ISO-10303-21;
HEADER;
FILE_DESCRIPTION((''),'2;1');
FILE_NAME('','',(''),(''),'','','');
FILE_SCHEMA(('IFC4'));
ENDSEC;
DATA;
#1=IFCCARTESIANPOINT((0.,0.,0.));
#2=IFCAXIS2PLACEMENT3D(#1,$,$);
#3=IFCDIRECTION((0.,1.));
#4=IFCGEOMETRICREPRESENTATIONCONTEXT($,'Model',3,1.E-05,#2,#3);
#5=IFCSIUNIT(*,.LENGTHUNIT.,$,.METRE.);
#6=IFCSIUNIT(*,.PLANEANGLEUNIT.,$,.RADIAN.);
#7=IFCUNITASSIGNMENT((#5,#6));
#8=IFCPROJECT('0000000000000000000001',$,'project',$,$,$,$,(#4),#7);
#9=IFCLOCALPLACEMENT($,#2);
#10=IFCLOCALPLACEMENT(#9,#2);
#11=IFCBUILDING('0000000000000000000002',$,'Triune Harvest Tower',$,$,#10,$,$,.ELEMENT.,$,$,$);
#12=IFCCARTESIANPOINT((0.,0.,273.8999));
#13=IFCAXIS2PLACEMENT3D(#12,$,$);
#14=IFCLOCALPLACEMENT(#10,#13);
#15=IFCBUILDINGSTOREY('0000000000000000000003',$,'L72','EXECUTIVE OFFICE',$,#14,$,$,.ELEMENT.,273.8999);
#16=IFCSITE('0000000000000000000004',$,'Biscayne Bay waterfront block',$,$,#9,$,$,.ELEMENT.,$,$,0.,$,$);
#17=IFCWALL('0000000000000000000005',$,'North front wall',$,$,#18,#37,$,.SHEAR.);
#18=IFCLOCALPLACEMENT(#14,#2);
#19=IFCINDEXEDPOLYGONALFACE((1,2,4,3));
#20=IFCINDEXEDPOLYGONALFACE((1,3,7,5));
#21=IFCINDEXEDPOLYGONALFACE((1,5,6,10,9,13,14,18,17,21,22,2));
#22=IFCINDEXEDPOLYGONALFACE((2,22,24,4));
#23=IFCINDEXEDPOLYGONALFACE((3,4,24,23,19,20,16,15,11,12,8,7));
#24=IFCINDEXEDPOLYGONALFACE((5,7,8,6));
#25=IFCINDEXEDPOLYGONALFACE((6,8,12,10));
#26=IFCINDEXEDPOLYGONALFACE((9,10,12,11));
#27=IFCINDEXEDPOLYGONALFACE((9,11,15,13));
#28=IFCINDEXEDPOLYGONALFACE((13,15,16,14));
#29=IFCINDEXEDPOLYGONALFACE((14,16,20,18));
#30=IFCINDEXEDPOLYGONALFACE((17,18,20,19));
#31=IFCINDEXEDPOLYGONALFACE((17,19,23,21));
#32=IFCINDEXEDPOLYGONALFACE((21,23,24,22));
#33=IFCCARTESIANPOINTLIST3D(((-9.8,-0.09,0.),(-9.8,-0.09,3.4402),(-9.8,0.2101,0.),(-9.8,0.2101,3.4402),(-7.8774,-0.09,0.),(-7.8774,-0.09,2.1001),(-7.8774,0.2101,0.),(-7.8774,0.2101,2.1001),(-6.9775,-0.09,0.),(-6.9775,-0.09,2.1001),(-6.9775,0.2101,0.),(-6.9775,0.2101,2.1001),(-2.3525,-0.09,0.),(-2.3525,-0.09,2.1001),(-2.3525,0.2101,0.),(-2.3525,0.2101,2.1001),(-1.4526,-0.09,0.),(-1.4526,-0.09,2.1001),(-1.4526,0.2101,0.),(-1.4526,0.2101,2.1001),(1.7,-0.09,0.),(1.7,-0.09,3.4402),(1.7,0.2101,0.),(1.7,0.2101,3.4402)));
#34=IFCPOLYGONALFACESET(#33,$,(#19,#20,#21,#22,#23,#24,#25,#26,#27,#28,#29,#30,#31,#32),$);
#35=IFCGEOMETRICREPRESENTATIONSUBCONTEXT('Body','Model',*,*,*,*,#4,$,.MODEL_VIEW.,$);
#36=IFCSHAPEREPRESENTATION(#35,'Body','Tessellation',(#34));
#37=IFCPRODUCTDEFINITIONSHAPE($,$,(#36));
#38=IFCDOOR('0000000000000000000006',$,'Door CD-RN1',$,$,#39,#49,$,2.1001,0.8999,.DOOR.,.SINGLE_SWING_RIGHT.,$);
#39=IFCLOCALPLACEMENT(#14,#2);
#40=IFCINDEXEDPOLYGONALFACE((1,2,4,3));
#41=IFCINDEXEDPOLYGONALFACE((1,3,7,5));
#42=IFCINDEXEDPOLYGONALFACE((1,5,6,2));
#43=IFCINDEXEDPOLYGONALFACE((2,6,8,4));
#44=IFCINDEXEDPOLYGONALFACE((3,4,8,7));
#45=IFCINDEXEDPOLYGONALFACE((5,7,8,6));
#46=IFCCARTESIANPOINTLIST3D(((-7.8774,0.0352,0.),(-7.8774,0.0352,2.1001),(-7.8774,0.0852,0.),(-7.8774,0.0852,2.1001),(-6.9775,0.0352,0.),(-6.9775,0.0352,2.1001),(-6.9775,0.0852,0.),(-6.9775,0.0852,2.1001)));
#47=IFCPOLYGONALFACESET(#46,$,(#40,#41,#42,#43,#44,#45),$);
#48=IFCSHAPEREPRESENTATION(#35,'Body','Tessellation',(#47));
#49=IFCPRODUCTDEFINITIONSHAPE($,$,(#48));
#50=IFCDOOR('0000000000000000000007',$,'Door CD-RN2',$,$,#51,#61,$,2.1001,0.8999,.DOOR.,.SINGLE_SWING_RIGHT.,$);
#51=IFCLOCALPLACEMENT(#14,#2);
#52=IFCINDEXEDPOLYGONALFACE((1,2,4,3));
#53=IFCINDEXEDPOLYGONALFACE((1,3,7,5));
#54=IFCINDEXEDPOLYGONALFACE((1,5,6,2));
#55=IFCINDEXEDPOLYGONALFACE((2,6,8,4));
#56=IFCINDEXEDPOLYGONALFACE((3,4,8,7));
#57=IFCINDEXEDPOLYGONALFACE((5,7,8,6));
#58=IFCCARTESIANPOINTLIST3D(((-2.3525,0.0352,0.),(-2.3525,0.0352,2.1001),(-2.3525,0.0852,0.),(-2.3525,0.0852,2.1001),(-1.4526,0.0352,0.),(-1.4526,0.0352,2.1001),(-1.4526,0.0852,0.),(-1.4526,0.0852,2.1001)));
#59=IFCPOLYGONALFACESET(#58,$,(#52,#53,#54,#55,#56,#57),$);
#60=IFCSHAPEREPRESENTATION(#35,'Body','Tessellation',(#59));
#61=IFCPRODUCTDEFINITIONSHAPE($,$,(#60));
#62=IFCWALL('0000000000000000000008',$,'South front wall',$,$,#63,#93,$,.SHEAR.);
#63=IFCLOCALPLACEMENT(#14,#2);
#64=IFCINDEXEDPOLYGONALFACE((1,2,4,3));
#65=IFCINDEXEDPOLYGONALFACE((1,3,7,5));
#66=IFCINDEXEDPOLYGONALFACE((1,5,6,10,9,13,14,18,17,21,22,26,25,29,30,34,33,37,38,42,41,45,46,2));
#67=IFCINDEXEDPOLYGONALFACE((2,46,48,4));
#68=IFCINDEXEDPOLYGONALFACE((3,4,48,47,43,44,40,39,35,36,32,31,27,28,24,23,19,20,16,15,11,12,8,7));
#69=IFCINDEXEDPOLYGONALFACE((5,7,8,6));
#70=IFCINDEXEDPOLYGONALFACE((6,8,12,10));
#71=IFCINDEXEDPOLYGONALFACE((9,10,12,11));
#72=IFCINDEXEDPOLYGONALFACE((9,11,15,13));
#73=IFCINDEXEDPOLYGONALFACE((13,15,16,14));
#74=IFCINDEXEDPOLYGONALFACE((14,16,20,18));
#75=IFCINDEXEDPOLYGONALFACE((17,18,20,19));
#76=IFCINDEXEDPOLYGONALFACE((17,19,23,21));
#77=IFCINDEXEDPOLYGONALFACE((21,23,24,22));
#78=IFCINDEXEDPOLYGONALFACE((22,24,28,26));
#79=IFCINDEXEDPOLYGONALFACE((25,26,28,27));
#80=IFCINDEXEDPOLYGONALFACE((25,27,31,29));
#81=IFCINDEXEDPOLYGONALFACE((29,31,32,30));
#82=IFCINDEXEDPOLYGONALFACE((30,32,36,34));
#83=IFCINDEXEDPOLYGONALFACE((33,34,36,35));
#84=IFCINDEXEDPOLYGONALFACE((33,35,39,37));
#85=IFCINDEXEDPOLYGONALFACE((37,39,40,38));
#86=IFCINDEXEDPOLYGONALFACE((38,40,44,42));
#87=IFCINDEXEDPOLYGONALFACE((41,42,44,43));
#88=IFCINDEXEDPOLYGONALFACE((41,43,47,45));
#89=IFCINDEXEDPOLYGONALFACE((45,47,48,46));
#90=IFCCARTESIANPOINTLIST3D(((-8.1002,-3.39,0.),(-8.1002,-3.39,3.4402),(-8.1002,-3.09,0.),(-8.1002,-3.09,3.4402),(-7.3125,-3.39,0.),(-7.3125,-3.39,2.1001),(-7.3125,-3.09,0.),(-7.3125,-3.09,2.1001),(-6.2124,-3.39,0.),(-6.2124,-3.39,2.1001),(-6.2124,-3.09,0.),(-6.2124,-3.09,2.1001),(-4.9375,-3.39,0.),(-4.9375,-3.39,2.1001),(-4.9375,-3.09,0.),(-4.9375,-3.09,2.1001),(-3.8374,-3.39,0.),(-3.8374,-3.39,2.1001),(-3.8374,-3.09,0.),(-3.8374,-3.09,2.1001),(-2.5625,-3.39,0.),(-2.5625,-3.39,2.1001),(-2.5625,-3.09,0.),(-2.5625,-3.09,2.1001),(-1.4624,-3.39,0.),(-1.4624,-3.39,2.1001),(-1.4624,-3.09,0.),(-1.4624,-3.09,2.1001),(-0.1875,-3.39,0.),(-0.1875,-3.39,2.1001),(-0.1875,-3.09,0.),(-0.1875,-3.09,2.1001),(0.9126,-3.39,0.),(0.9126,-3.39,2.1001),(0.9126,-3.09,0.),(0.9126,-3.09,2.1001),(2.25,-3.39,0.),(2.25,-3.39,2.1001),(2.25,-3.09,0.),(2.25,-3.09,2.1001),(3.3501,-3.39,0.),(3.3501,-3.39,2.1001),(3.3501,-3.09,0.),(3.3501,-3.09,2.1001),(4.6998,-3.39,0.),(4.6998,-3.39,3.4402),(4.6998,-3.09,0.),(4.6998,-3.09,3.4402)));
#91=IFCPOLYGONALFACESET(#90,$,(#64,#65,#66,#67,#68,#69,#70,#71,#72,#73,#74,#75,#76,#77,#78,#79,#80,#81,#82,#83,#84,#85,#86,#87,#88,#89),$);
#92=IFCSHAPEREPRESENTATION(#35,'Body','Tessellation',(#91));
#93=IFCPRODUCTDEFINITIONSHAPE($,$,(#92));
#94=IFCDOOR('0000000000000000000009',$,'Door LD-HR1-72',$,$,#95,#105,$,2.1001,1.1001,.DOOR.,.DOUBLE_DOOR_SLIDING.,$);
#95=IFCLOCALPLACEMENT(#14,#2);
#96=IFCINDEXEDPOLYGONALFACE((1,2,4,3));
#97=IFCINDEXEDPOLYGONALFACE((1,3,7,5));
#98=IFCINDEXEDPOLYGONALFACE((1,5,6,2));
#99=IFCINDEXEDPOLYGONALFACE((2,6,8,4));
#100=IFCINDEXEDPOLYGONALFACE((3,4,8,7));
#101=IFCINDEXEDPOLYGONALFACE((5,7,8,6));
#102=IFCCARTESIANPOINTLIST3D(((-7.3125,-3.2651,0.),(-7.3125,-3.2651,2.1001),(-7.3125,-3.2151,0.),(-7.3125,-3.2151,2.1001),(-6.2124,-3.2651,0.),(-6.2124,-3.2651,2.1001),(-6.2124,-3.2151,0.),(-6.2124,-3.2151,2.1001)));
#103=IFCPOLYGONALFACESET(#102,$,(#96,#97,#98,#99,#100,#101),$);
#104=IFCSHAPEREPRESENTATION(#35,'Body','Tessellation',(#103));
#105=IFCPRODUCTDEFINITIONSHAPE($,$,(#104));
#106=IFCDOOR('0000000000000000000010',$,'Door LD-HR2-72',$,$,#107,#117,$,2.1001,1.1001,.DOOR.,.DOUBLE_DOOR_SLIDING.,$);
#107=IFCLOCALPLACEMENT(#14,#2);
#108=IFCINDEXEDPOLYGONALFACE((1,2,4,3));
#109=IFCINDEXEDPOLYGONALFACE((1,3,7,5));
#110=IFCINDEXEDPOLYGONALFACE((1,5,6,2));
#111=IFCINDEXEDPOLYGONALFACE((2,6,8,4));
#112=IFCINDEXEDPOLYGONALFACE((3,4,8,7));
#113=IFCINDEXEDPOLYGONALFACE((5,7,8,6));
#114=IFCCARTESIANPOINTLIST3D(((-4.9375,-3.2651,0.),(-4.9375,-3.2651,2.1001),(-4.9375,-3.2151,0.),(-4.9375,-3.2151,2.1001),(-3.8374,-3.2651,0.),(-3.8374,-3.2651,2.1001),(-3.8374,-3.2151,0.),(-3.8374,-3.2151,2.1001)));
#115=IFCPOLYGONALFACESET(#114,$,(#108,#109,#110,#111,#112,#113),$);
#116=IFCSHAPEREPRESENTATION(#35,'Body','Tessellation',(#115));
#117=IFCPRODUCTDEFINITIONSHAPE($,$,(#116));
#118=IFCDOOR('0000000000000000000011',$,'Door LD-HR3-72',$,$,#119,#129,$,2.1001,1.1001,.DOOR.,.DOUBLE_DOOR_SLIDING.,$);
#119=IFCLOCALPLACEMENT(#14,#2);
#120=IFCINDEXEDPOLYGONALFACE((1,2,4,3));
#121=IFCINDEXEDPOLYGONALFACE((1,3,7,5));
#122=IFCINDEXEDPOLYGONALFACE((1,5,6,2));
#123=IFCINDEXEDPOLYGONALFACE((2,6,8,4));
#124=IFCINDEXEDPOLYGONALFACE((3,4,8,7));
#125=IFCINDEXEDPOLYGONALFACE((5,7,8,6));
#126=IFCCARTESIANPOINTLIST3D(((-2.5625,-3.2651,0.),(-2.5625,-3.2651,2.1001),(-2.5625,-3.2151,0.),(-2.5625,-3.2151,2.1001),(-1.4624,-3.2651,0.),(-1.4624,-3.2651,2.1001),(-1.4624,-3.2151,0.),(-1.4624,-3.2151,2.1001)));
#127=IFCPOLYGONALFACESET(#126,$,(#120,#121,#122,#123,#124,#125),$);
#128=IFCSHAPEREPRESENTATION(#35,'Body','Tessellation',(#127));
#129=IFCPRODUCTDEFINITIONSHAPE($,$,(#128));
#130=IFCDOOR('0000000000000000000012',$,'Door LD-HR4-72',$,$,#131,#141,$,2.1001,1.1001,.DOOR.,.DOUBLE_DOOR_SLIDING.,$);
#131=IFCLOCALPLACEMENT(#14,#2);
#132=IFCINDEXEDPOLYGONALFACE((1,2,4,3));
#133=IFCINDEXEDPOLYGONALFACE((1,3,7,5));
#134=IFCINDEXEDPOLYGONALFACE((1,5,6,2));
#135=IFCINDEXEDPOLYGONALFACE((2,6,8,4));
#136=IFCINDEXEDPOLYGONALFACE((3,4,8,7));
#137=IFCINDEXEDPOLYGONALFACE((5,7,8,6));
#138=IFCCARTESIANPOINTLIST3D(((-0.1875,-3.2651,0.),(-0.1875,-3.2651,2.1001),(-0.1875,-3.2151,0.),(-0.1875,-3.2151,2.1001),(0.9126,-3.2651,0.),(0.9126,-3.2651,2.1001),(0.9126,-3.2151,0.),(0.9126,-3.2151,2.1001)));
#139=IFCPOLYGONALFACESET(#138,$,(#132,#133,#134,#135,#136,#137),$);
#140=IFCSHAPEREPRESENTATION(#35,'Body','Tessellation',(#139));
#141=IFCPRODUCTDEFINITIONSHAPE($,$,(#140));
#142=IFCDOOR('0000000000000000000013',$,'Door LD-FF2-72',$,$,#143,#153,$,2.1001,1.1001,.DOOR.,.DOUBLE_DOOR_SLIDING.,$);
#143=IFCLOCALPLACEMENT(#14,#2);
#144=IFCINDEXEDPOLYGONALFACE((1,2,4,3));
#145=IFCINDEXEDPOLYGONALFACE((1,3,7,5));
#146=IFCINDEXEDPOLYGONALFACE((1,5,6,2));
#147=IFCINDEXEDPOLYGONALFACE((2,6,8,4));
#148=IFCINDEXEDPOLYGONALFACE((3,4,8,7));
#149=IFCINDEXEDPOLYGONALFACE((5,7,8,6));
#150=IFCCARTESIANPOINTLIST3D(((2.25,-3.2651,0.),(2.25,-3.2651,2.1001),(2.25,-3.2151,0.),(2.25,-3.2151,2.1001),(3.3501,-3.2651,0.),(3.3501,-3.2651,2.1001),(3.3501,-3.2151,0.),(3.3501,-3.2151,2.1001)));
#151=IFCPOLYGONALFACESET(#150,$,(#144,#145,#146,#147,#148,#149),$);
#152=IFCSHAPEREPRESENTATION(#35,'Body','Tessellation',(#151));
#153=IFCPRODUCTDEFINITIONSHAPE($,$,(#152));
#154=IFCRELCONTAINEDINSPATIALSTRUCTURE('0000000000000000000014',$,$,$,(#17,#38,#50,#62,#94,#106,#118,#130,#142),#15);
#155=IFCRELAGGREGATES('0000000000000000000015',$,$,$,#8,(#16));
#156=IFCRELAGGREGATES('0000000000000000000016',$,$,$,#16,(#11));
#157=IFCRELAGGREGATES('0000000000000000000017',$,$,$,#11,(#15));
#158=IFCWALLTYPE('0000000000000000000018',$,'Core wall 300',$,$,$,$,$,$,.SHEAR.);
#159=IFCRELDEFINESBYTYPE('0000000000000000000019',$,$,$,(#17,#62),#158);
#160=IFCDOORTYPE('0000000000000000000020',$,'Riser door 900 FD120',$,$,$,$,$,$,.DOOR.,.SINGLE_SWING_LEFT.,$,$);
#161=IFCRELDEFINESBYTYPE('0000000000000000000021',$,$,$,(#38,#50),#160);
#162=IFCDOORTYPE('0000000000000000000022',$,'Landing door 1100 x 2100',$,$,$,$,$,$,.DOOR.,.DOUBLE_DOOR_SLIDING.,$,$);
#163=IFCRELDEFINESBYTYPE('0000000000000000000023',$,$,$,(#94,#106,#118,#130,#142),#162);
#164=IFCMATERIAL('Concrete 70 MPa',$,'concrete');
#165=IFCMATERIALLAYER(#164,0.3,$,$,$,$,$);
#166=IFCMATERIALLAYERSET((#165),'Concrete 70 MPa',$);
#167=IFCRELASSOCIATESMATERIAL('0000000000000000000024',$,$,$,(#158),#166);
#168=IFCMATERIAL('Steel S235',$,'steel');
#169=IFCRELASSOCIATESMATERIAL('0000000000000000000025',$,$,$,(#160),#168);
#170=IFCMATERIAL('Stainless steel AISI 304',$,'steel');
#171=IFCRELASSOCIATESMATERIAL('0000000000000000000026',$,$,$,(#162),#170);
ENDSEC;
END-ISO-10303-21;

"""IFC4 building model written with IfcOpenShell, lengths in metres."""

from ifc_helpers import new_model, si_unit, direction, frame, frame_2d, origin, place, context, subcontext, project, spatial, rectangle, extrude, source, transform, mapped, material, layer, layer_set, type_object, element, fill, save


model = new_model("IFC4")

# Units and contexts
model_context = context("Model", 3, precision=1e-05, world=origin(), true_north=direction((0.0, 1.0)))
body_context = subcontext(model_context, "Body", "Model", "MODEL_VIEW")
ifc_project = project(units=[si_unit("LENGTHUNIT", "METRE"), si_unit("PLANEANGLEUNIT", "RADIAN")], contexts=[model_context])

# Site, building, storey
site_placement = place(None, origin())
site = spatial("IfcSite", under=ifc_project, at=site_placement, Name="Biscayne Bay waterfront block", CompositionType="ELEMENT", RefElevation=0.0)
building_placement = place(site_placement, origin())
building = spatial("IfcBuilding", under=site, at=building_placement, Name="Triune Harvest Tower", CompositionType="ELEMENT")
storey_placement = place(building_placement, frame((0.0, 0.0, 273.8999)))
storey = spatial("IfcBuildingStorey", under=building, at=storey_placement, Name="L72", Description="EXECUTIVE OFFICE", CompositionType="ELEMENT", Elevation=273.8999)

# Wall, openings, doors
ifc_material_1 = material(Name="Concrete 70 MPa", Category="concrete")
ifc_layer_1 = layer(ifc_material_1, 0.3)
ifc_layer_set_1 = layer_set([ifc_layer_1], Name="Concrete 70 MPa")
wall_type_1 = type_object("IfcWallType", Name="Core wall 300", PredefinedType="SHEAR", material=ifc_layer_set_1)
shared_shape_1 = source(origin(), body_context, "Body", "SweptSolid", [
    extrude(rectangle(XDim=11.5, YDim=0.3, at=frame_2d((5.75, 0.0))), origin(), (0.0, 0.0, 1.0), 3.4402),
])
wall_1_placement = place(storey_placement, frame((-9.8, 0.0601, 0.0), z_axis=(0.0, 0.0, 1.0), x_axis=(1.0, 0.0, 0.0)))
wall_1 = element("IfcWall", 1, at=wall_1_placement, inside=storey, type_object=wall_type_1, Name="North front wall", PredefinedType="SHEAR", context=body_context, shape_type="MappedRepresentation", body=[
    mapped(shared_shape_1, transform((0.0, 0.0, 0.0), scale=1.0)),
])
opening_1_placement = place(wall_1_placement, frame((1.9226, 0.0, 0.0)))
opening_1 = element("IfcOpeningElement", 2, at=opening_1_placement, cuts=wall_1, PredefinedType="OPENING", context=body_context, shape_type="SweptSolid", body=[
    extrude(rectangle(XDim=0.8999, YDim=2.1001, at=frame_2d((0.45, 1.05))), frame((0.0, 0.1602, 0.0), z_axis=(0.0, -1.0, 0.0), x_axis=(1.0, 0.0, 0.0)), (0.0, 0.0, 1.0), 0.3201),
])
opening_2_placement = place(wall_1_placement, frame((7.4475, 0.0, 0.0)))
opening_2 = element("IfcOpeningElement", 3, at=opening_2_placement, cuts=wall_1, PredefinedType="OPENING", context=body_context, shape_type="SweptSolid", body=[
    extrude(rectangle(XDim=0.8999, YDim=2.1001, at=frame_2d((0.45, 1.05))), frame((0.0, 0.1602, 0.0), z_axis=(0.0, -1.0, 0.0), x_axis=(1.0, 0.0, 0.0)), (0.0, 0.0, 1.0), 0.3201),
])
ifc_material_2 = material(Name="Steel S235", Category="steel")
door_type_1 = type_object("IfcDoorType", Name="Riser door 900 FD120", OperationType="SINGLE_SWING_LEFT", PredefinedType="DOOR", material=ifc_material_2)
door_1_placement = place(opening_1_placement, frame((0.8999, 0.0, 0.0), z_axis=(0.0, 0.0, 1.0), x_axis=(-1.0, 0.0, 0.0)))
door_1 = element("IfcDoor", 4, at=door_1_placement, inside=storey, type_object=door_type_1, Name="Door CD-RN1", OperationType="SINGLE_SWING_RIGHT", OverallHeight=2.1001, OverallWidth=0.8999, PredefinedType="DOOR", context=body_context, shape_type="SweptSolid", body=[
    extrude(rectangle(XDim=0.8999, YDim=2.1001, at=frame_2d((0.45, 1.05))), frame((0.0, 0.0249, 0.0), z_axis=(0.0, -1.0, 0.0), x_axis=(1.0, 0.0, 0.0)), (0.0, 0.0, 1.0), 0.05),
])
fill(opening_1, door_1)
door_2_placement = place(opening_2_placement, frame((0.8999, 0.0, 0.0), z_axis=(0.0, 0.0, 1.0), x_axis=(-1.0, 0.0, 0.0)))
door_2 = element("IfcDoor", 5, at=door_2_placement, inside=storey, type_object=door_type_1, Name="Door CD-RN2", OperationType="SINGLE_SWING_RIGHT", OverallHeight=2.1001, OverallWidth=0.8999, PredefinedType="DOOR", context=body_context, shape_type="SweptSolid", body=[
    extrude(rectangle(XDim=0.8999, YDim=2.1001, at=frame_2d((0.45, 1.05))), frame((0.0, 0.0249, 0.0), z_axis=(0.0, -1.0, 0.0), x_axis=(1.0, 0.0, 0.0)), (0.0, 0.0, 1.0), 0.05),
])
fill(opening_2, door_2)

# Wall, openings, doors
shared_shape_2 = source(origin(), body_context, "Body", "SweptSolid", [
    extrude(rectangle(XDim=12.8, YDim=0.3, at=frame_2d((6.3999, 0.0))), origin(), (0.0, 0.0, 1.0), 3.4402),
])
wall_2_placement = place(storey_placement, frame((-8.1001, -3.24, 0.0), z_axis=(0.0, 0.0, 1.0), x_axis=(1.0, 0.0, 0.0)))
wall_2 = element("IfcWall", 6, at=wall_2_placement, inside=storey, type_object=wall_type_1, Name="South front wall", PredefinedType="SHEAR", context=body_context, shape_type="MappedRepresentation", body=[
    mapped(shared_shape_2, transform((0.0, 0.0, 0.0), scale=1.0)),
])
opening_3_placement = place(wall_2_placement, frame((0.7876, 0.0, 0.0)))
opening_3 = element("IfcOpeningElement", 7, at=opening_3_placement, cuts=wall_2, PredefinedType="OPENING", context=body_context, shape_type="SweptSolid", body=[
    extrude(rectangle(XDim=1.1001, YDim=2.1001, at=frame_2d((0.55, 1.05))), frame((0.0, 0.1602, 0.0), z_axis=(0.0, -1.0, 0.0), x_axis=(1.0, 0.0, 0.0)), (0.0, 0.0, 1.0), 0.3201),
])
opening_4_placement = place(wall_2_placement, frame((3.1626, 0.0, 0.0)))
opening_4 = element("IfcOpeningElement", 8, at=opening_4_placement, cuts=wall_2, PredefinedType="OPENING", context=body_context, shape_type="SweptSolid", body=[
    extrude(rectangle(XDim=1.1001, YDim=2.1001, at=frame_2d((0.55, 1.05))), frame((0.0, 0.1602, 0.0), z_axis=(0.0, -1.0, 0.0), x_axis=(1.0, 0.0, 0.0)), (0.0, 0.0, 1.0), 0.3201),
])
opening_5_placement = place(wall_2_placement, frame((5.5376, 0.0, 0.0)))
opening_5 = element("IfcOpeningElement", 9, at=opening_5_placement, cuts=wall_2, PredefinedType="OPENING", context=body_context, shape_type="SweptSolid", body=[
    extrude(rectangle(XDim=1.1001, YDim=2.1001, at=frame_2d((0.55, 1.05))), frame((0.0, 0.1602, 0.0), z_axis=(0.0, -1.0, 0.0), x_axis=(1.0, 0.0, 0.0)), (0.0, 0.0, 1.0), 0.3201),
])
opening_6_placement = place(wall_2_placement, frame((7.9126, 0.0, 0.0)))
opening_6 = element("IfcOpeningElement", 10, at=opening_6_placement, cuts=wall_2, PredefinedType="OPENING", context=body_context, shape_type="SweptSolid", body=[
    extrude(rectangle(XDim=1.1001, YDim=2.1001, at=frame_2d((0.55, 1.05))), frame((0.0, 0.1602, 0.0), z_axis=(0.0, -1.0, 0.0), x_axis=(1.0, 0.0, 0.0)), (0.0, 0.0, 1.0), 0.3201),
])
opening_7_placement = place(wall_2_placement, frame((10.3501, 0.0, 0.0)))
opening_7 = element("IfcOpeningElement", 11, at=opening_7_placement, cuts=wall_2, PredefinedType="OPENING", context=body_context, shape_type="SweptSolid", body=[
    extrude(rectangle(XDim=1.1001, YDim=2.1001, at=frame_2d((0.55, 1.05))), frame((0.0, 0.1602, 0.0), z_axis=(0.0, -1.0, 0.0), x_axis=(1.0, 0.0, 0.0)), (0.0, 0.0, 1.0), 0.3201),
])
ifc_material_3 = material(Name="Stainless steel AISI 304", Category="steel")
door_type_2 = type_object("IfcDoorType", Name="Landing door 1100 x 2100", OperationType="DOUBLE_DOOR_SLIDING", PredefinedType="DOOR", material=ifc_material_3)
door_3_placement = place(opening_3_placement, origin())
door_3 = element("IfcDoor", 12, at=door_3_placement, inside=storey, type_object=door_type_2, Name="Door LD-HR1-72", OperationType="DOUBLE_DOOR_SLIDING", OverallHeight=2.1001, OverallWidth=1.1001, PredefinedType="DOOR", context=body_context, shape_type="SweptSolid", body=[
    extrude(rectangle(XDim=1.1001, YDim=2.1001, at=frame_2d((0.55, 1.05))), frame((0.0, 0.0249, 0.0), z_axis=(0.0, -1.0, 0.0), x_axis=(1.0, 0.0, 0.0)), (0.0, 0.0, 1.0), 0.05),
])
fill(opening_3, door_3)
door_4_placement = place(opening_4_placement, origin())
door_4 = element("IfcDoor", 13, at=door_4_placement, inside=storey, type_object=door_type_2, Name="Door LD-HR2-72", OperationType="DOUBLE_DOOR_SLIDING", OverallHeight=2.1001, OverallWidth=1.1001, PredefinedType="DOOR", context=body_context, shape_type="SweptSolid", body=[
    extrude(rectangle(XDim=1.1001, YDim=2.1001, at=frame_2d((0.55, 1.05))), frame((0.0, 0.0249, 0.0), z_axis=(0.0, -1.0, 0.0), x_axis=(1.0, 0.0, 0.0)), (0.0, 0.0, 1.0), 0.05),
])
fill(opening_4, door_4)
door_5_placement = place(opening_5_placement, origin())
door_5 = element("IfcDoor", 14, at=door_5_placement, inside=storey, type_object=door_type_2, Name="Door LD-HR3-72", OperationType="DOUBLE_DOOR_SLIDING", OverallHeight=2.1001, OverallWidth=1.1001, PredefinedType="DOOR", context=body_context, shape_type="SweptSolid", body=[
    extrude(rectangle(XDim=1.1001, YDim=2.1001, at=frame_2d((0.55, 1.05))), frame((0.0, 0.0249, 0.0), z_axis=(0.0, -1.0, 0.0), x_axis=(1.0, 0.0, 0.0)), (0.0, 0.0, 1.0), 0.05),
])
fill(opening_5, door_5)
door_6_placement = place(opening_6_placement, origin())
door_6 = element("IfcDoor", 15, at=door_6_placement, inside=storey, type_object=door_type_2, Name="Door LD-HR4-72", OperationType="DOUBLE_DOOR_SLIDING", OverallHeight=2.1001, OverallWidth=1.1001, PredefinedType="DOOR", context=body_context, shape_type="SweptSolid", body=[
    extrude(rectangle(XDim=1.1001, YDim=2.1001, at=frame_2d((0.55, 1.05))), frame((0.0, 0.0249, 0.0), z_axis=(0.0, -1.0, 0.0), x_axis=(1.0, 0.0, 0.0)), (0.0, 0.0, 1.0), 0.05),
])
fill(opening_6, door_6)
door_7_placement = place(opening_7_placement, origin())
door_7 = element("IfcDoor", 16, at=door_7_placement, inside=storey, type_object=door_type_2, Name="Door LD-FF2-72", OperationType="DOUBLE_DOOR_SLIDING", OverallHeight=2.1001, OverallWidth=1.1001, PredefinedType="DOOR", context=body_context, shape_type="SweptSolid", body=[
    extrude(rectangle(XDim=1.1001, YDim=2.1001, at=frame_2d((0.55, 1.05))), frame((0.0, 0.0249, 0.0), z_axis=(0.0, -1.0, 0.0), x_axis=(1.0, 0.0, 0.0)), (0.0, 0.0, 1.0), 0.05),
])
fill(opening_7, door_7)

save(model, "model.ifc")
